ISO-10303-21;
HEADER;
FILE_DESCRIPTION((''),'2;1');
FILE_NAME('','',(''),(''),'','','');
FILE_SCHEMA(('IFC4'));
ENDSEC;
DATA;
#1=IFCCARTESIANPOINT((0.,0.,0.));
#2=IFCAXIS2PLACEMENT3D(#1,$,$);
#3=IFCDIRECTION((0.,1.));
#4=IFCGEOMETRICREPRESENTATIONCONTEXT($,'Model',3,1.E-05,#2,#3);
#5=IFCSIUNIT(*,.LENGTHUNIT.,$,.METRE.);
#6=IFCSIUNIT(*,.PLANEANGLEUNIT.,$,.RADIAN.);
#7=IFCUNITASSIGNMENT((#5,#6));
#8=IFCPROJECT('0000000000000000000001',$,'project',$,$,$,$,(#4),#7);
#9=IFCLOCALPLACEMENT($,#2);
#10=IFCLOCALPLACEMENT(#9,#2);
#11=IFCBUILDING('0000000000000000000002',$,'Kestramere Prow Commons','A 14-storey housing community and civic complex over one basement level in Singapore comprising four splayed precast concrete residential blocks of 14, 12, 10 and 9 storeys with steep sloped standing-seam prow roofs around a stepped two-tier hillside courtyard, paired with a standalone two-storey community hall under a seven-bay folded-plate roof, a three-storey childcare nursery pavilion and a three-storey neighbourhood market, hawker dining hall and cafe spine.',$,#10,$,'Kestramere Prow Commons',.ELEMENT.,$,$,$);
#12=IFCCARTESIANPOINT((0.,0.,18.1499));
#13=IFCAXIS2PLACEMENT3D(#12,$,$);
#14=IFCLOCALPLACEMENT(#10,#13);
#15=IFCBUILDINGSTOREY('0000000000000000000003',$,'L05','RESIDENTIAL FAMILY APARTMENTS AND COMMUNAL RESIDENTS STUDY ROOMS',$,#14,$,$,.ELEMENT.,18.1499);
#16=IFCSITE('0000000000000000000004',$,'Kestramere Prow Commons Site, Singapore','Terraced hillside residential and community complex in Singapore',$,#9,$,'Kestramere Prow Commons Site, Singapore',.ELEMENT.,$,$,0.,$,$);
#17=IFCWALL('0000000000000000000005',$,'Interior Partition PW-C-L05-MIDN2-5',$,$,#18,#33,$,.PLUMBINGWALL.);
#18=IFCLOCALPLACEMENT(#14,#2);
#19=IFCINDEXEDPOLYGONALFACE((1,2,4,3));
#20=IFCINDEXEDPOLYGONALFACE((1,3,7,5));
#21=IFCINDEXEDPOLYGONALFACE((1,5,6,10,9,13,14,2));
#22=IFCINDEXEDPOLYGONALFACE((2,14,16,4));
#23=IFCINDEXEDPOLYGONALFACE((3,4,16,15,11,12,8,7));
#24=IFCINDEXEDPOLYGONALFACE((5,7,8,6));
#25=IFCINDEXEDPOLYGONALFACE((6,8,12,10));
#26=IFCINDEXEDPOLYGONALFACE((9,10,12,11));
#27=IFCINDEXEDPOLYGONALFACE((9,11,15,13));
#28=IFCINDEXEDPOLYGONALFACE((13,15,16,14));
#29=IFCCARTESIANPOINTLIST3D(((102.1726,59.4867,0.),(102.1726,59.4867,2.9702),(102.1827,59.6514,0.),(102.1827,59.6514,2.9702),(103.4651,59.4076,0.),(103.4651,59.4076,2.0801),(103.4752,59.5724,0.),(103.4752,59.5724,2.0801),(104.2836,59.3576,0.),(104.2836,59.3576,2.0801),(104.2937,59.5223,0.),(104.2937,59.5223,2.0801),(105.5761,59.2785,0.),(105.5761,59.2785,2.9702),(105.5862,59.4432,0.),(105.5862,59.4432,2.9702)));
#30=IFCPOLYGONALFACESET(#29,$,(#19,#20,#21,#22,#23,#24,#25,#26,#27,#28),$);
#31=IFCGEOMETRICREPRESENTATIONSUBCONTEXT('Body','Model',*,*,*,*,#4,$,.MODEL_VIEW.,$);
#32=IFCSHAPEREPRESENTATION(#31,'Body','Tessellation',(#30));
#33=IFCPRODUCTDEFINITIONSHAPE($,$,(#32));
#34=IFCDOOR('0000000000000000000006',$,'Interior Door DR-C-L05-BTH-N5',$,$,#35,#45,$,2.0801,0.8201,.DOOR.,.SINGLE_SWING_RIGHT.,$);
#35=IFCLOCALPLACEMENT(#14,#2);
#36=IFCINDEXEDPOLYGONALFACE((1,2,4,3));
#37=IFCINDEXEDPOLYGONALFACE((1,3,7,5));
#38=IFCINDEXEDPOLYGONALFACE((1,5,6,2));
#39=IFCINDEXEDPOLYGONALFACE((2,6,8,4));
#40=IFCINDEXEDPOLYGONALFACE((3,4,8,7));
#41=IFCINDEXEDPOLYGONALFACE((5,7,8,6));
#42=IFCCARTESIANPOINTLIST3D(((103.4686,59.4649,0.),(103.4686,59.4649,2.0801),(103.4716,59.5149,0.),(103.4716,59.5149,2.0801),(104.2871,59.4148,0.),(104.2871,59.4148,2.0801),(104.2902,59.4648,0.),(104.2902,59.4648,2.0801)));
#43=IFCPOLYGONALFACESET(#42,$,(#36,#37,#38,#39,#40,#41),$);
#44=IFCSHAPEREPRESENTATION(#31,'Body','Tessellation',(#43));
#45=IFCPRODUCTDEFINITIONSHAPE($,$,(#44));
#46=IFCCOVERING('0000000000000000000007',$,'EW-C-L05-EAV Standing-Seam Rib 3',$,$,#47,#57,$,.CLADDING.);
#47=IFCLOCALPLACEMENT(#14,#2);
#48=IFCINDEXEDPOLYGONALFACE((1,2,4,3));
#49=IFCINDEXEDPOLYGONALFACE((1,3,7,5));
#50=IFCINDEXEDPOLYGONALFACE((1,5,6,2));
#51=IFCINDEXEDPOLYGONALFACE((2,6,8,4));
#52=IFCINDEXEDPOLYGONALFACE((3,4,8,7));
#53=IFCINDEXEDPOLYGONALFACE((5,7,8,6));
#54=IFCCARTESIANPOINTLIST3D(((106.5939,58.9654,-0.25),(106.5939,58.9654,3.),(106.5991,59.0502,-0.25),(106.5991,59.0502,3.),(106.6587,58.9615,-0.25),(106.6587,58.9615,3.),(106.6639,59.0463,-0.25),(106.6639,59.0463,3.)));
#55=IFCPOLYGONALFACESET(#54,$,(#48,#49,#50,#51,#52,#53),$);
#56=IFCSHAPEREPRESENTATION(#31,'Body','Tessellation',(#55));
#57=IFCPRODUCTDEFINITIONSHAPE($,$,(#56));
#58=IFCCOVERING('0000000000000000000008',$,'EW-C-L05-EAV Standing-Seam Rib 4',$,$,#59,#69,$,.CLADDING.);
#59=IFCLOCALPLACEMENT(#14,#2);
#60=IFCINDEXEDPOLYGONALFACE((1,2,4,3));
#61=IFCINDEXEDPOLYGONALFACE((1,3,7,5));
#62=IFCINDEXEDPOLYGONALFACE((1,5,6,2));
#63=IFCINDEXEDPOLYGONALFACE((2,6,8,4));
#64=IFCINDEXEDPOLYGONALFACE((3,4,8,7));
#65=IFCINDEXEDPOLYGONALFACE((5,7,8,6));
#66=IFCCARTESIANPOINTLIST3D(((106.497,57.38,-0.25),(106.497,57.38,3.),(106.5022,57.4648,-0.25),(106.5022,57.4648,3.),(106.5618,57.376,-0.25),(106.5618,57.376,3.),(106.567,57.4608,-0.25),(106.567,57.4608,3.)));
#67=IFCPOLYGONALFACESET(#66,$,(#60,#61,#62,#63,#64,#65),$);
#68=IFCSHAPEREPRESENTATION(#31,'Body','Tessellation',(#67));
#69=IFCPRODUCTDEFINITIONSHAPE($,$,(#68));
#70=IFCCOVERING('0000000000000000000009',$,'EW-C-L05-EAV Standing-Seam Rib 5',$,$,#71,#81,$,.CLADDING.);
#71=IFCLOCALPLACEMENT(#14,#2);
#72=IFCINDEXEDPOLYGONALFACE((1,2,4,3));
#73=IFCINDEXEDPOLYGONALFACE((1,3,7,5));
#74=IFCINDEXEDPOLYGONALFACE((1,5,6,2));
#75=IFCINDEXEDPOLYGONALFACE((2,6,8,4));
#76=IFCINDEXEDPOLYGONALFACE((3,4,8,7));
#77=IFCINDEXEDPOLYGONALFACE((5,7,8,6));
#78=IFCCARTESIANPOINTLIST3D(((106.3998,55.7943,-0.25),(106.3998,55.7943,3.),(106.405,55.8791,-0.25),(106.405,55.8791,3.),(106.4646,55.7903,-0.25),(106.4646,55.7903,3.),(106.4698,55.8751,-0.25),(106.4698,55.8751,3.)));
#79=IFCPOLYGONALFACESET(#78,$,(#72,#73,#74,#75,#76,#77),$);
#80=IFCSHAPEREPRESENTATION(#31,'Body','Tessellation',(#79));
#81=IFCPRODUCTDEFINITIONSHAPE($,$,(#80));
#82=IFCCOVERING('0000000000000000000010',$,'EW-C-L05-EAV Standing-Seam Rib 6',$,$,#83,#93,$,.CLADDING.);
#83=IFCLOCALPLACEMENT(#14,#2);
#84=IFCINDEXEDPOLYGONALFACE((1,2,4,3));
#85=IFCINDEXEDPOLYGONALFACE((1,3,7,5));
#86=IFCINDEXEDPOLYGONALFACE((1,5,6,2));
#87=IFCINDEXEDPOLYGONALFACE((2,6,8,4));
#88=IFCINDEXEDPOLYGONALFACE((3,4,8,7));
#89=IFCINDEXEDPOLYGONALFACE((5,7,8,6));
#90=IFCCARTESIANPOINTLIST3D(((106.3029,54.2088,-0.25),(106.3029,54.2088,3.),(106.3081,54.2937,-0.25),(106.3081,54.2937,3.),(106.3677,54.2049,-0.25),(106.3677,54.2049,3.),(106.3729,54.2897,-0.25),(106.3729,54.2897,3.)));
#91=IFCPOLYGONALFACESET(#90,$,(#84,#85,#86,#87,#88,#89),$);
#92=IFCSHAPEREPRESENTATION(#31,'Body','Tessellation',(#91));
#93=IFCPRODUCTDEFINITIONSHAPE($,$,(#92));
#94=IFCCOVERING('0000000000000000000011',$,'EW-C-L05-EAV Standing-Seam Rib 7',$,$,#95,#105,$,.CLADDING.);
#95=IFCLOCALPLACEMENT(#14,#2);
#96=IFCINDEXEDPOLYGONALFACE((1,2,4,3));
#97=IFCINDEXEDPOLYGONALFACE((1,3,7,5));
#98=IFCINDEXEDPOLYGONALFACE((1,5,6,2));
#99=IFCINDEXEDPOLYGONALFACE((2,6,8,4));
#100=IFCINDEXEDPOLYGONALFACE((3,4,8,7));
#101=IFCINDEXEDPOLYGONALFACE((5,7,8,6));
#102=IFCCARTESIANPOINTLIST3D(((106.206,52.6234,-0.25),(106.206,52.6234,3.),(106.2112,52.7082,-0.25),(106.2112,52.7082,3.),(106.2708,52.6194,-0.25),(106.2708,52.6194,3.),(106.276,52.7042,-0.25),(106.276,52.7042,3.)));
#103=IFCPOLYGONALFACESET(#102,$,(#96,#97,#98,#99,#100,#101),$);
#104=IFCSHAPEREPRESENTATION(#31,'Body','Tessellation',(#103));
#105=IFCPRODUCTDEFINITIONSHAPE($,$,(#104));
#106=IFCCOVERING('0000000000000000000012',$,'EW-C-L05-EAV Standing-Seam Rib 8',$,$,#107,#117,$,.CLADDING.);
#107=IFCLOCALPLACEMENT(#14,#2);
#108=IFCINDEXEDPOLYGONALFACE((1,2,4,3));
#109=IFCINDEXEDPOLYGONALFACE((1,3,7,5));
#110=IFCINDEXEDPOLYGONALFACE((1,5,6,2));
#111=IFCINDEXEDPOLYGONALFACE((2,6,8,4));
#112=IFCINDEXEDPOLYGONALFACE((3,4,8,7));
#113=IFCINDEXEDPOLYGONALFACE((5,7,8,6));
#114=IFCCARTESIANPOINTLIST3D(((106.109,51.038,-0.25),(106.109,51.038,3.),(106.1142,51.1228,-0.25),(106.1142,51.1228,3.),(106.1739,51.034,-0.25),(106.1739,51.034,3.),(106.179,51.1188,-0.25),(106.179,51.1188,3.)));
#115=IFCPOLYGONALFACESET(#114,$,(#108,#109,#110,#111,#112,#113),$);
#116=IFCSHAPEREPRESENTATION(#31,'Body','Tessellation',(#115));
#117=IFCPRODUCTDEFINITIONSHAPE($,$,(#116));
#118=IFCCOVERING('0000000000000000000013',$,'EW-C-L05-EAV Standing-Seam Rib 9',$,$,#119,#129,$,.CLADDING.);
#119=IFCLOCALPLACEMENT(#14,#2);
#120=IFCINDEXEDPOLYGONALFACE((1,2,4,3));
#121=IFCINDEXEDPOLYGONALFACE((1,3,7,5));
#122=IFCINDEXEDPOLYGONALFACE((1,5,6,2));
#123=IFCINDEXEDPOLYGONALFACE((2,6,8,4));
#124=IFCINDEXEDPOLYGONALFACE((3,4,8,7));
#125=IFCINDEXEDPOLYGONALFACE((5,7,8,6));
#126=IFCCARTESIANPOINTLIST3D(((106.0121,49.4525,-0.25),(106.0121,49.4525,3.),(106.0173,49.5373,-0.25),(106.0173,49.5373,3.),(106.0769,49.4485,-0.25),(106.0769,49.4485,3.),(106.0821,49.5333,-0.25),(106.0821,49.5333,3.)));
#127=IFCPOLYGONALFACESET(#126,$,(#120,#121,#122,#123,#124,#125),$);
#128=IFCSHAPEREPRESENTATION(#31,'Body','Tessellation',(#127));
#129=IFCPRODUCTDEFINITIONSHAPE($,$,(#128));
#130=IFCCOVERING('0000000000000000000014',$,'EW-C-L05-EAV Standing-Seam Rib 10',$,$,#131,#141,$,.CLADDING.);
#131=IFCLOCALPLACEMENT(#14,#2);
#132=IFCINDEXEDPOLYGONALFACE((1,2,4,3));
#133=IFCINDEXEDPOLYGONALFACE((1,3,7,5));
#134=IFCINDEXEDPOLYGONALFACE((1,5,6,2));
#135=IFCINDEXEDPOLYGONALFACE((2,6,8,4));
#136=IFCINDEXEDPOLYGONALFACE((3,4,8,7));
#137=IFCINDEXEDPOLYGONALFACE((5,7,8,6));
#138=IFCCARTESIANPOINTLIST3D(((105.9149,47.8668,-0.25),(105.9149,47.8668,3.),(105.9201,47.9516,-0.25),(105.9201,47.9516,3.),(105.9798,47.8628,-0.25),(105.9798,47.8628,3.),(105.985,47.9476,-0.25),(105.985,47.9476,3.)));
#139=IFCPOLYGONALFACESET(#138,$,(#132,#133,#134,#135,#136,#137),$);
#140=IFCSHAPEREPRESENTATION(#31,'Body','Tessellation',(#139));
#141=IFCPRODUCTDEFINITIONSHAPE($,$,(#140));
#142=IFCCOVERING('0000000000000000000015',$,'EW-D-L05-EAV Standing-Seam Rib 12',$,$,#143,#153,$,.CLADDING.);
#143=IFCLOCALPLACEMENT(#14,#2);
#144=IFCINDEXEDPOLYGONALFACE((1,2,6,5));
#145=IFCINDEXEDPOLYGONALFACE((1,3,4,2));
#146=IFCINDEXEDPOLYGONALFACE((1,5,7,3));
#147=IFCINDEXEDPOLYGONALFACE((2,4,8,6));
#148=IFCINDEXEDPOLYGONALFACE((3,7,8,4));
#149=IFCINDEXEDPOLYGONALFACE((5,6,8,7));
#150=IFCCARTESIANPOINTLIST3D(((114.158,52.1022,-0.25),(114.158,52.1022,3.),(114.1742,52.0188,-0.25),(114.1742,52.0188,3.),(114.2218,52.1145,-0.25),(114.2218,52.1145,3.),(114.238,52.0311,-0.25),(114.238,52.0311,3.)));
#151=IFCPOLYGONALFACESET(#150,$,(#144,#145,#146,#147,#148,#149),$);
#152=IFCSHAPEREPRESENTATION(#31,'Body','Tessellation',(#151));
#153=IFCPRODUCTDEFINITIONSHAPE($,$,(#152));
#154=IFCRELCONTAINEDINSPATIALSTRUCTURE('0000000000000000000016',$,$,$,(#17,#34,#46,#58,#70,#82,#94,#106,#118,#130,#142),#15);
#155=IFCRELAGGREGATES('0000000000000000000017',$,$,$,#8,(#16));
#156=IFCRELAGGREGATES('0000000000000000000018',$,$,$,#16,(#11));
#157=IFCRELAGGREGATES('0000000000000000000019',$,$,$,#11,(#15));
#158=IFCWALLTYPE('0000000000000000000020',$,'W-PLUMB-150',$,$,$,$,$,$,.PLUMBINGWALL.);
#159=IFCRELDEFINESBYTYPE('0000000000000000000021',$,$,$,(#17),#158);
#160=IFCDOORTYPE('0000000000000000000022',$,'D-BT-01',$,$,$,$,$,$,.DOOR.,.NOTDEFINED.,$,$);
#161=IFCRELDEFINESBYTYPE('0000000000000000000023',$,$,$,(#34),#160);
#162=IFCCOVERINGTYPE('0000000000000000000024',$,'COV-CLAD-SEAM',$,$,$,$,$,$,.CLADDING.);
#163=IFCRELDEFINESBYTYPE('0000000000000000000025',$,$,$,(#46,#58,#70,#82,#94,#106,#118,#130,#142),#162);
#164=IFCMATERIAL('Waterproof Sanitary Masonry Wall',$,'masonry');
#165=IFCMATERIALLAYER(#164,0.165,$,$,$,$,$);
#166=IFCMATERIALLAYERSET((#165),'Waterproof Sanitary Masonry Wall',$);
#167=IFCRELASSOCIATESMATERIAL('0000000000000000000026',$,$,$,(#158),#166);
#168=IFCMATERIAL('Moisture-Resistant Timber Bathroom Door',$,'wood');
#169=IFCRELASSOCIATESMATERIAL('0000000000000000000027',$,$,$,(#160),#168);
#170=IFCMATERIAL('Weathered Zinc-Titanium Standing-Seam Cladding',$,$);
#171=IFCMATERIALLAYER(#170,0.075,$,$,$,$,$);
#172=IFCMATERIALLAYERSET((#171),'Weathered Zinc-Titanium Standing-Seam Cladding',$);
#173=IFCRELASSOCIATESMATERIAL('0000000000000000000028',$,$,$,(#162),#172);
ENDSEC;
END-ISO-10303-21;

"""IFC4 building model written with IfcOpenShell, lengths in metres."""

from ifc_helpers import new_model, si_unit, direction, frame, frame_2d, origin, origin_2d, place, context, subcontext, project, spatial, rectangle, extrude, material, layer, layer_set, type_object, element, fill, save


model = new_model("IFC4")

# Units and contexts
model_context = context("Model", 3, precision=1e-05, world=origin(), true_north=direction((0.0, 1.0)))
body_context = subcontext(model_context, "Body", "Model", "MODEL_VIEW")
ifc_project = project(units=[si_unit("LENGTHUNIT", "METRE"), si_unit("PLANEANGLEUNIT", "RADIAN")], contexts=[model_context])

# Site, building, storey
site_placement = place(None, origin())
site = spatial("IfcSite", under=ifc_project, at=site_placement, Name="Kestramere Prow Commons Site, Singapore", Description="Terraced hillside residential and community complex in Singapore", LongName="Kestramere Prow Commons Site, Singapore", CompositionType="ELEMENT", RefElevation=0.0)
building_placement = place(site_placement, origin())
building = spatial("IfcBuilding", under=site, at=building_placement, Name="Kestramere Prow Commons", Description="A 14-storey housing community and civic complex over one basement level in Singapore comprising four splayed precast concrete residential blocks of 14, 12, 10 and 9 storeys with steep sloped standing-seam prow roofs around a stepped two-tier hillside courtyard, paired with a standalone two-storey community hall under a seven-bay folded-plate roof, a three-storey childcare nursery pavilion and a three-storey neighbourhood market, hawker dining hall and cafe spine.", LongName="Kestramere Prow Commons", CompositionType="ELEMENT")
storey_placement = place(building_placement, frame((0.0, 0.0, 18.1499)))
storey = spatial("IfcBuildingStorey", under=building, at=storey_placement, Name="L05", Description="RESIDENTIAL FAMILY APARTMENTS AND COMMUNAL RESIDENTS STUDY ROOMS", CompositionType="ELEMENT", Elevation=18.1499)

# Wall, opening, door
ifc_material_1 = material(Name="Waterproof Sanitary Masonry Wall", Category="masonry")
ifc_layer_1 = layer(ifc_material_1, 0.165)
ifc_layer_set_1 = layer_set([ifc_layer_1], Name="Waterproof Sanitary Masonry Wall")
wall_type_1 = type_object("IfcWallType", Name="W-PLUMB-150", PredefinedType="PLUMBINGWALL", material=ifc_layer_set_1)
wall_1_placement = place(storey_placement, frame((102.1775, 59.5691, 0.0), z_axis=(0.0, 0.0, 1.0), x_axis=(0.998133, -0.061072, 0.0)))
wall_1 = element("IfcWall", 1, at=wall_1_placement, inside=storey, type_object=wall_type_1, Name="Interior Partition PW-C-L05-MIDN2-5", PredefinedType="PLUMBINGWALL", context=body_context, shape_type="SweptSolid", body=[
    extrude(rectangle(XDim=3.4099, YDim=0.165, at=frame_2d((1.7051, 0.0))), origin(), (0.0, 0.0, 1.0), 2.9702),
])
opening_1_placement = place(wall_1_placement, frame((1.2949, 0.0, 0.0)))
opening_1 = element("IfcOpeningElement", 2, at=opening_1_placement, cuts=wall_1, PredefinedType="OPENING", context=body_context, shape_type="SweptSolid", body=[
    extrude(rectangle(XDim=0.8201, YDim=2.0801, at=frame_2d((0.4102, 1.04))), frame((0.0, 0.0974, 0.0), z_axis=(0.0, -1.0, 0.0), x_axis=(1.0, 0.0, 0.0)), (0.0, 0.0, 1.0), 0.1951),
])
ifc_material_2 = material(Name="Moisture-Resistant Timber Bathroom Door", Category="wood")
door_type_1 = type_object("IfcDoorType", Name="D-BT-01", OperationType="NOTDEFINED", PredefinedType="DOOR", material=ifc_material_2)
door_1_placement = place(opening_1_placement, origin())
door_1 = element("IfcDoor", 3, at=door_1_placement, inside=storey, type_object=door_type_1, Name="Interior Door DR-C-L05-BTH-N5", OperationType="SINGLE_SWING_RIGHT", OverallHeight=2.0801, OverallWidth=0.8201, PredefinedType="DOOR", context=body_context, shape_type="SweptSolid", body=[
    extrude(rectangle(XDim=0.8201, YDim=2.0801, at=frame_2d((0.4102, 1.04))), frame((0.0, 0.0249, 0.0), z_axis=(0.0, -1.0, 0.0), x_axis=(1.0, 0.0, 0.0)), (0.0, 0.0, 1.0), 0.05),
])
fill(opening_1, door_1)

# Coverings
ifc_material_3 = material(Name="Weathered Zinc-Titanium Standing-Seam Cladding")
ifc_layer_2 = layer(ifc_material_3, 0.075)
ifc_layer_set_2 = layer_set([ifc_layer_2], Name="Weathered Zinc-Titanium Standing-Seam Cladding")
covering_type = type_object("IfcCoveringType", Name="COV-CLAD-SEAM", PredefinedType="CLADDING", material=ifc_layer_set_2)
for number, where, z_axis, x_axis, name in (
    (4, (106.6289, 59.0059, -0.25), (0.0, 0.0, 1.0), (-0.061049, -0.998135, 0.0), "EW-C-L05-EAV Standing-Seam Rib 3"),
    (5, (106.532, 57.4204, -0.25), (0.0, 0.0, 1.0), (-0.061049, -0.998135, 0.0), "EW-C-L05-EAV Standing-Seam Rib 4"),
    (6, (106.4348, 55.8347, -0.25), (0.0, 0.0, 1.0), (-0.061049, -0.998135, 0.0), "EW-C-L05-EAV Standing-Seam Rib 5"),
    (7, (106.3379, 54.2493, -0.25), (0.0, 0.0, 1.0), (-0.061049, -0.998135, 0.0), "EW-C-L05-EAV Standing-Seam Rib 6"),
    (8, (106.241, 52.6638, -0.25), (0.0, 0.0, 1.0), (-0.061049, -0.998135, 0.0), "EW-C-L05-EAV Standing-Seam Rib 7"),
    (9, (106.144, 51.0784, -0.25), (0.0, 0.0, 1.0), (-0.061049, -0.998135, 0.0), "EW-C-L05-EAV Standing-Seam Rib 8"),
    (10, (106.0471, 49.4929, -0.25), (0.0, 0.0, 1.0), (-0.061049, -0.998135, 0.0), "EW-C-L05-EAV Standing-Seam Rib 9"),
    (11, (105.95, 47.9072, -0.25), (0.0, 0.0, 1.0), (-0.061049, -0.998135, 0.0), "EW-C-L05-EAV Standing-Seam Rib 10"),
    (12, (114.198, 52.0667, -0.25), (0.0, 0.0, 1.0), (-0.190809, 0.981627, 0.0), "EW-D-L05-EAV Standing-Seam Rib 12"),
):
    element("IfcCovering", number, at=place(storey_placement, frame(where, z_axis=z_axis, x_axis=x_axis)), inside=storey, type_object=covering_type, Name=name, PredefinedType="CLADDING", context=body_context, shape_type="SweptSolid", body=[
        extrude(rectangle(XDim=0.085, YDim=0.0649, at=origin_2d()), origin(), (0.0, 0.0, 1.0), 3.25),
    ])

save(model, "model.ifc")
